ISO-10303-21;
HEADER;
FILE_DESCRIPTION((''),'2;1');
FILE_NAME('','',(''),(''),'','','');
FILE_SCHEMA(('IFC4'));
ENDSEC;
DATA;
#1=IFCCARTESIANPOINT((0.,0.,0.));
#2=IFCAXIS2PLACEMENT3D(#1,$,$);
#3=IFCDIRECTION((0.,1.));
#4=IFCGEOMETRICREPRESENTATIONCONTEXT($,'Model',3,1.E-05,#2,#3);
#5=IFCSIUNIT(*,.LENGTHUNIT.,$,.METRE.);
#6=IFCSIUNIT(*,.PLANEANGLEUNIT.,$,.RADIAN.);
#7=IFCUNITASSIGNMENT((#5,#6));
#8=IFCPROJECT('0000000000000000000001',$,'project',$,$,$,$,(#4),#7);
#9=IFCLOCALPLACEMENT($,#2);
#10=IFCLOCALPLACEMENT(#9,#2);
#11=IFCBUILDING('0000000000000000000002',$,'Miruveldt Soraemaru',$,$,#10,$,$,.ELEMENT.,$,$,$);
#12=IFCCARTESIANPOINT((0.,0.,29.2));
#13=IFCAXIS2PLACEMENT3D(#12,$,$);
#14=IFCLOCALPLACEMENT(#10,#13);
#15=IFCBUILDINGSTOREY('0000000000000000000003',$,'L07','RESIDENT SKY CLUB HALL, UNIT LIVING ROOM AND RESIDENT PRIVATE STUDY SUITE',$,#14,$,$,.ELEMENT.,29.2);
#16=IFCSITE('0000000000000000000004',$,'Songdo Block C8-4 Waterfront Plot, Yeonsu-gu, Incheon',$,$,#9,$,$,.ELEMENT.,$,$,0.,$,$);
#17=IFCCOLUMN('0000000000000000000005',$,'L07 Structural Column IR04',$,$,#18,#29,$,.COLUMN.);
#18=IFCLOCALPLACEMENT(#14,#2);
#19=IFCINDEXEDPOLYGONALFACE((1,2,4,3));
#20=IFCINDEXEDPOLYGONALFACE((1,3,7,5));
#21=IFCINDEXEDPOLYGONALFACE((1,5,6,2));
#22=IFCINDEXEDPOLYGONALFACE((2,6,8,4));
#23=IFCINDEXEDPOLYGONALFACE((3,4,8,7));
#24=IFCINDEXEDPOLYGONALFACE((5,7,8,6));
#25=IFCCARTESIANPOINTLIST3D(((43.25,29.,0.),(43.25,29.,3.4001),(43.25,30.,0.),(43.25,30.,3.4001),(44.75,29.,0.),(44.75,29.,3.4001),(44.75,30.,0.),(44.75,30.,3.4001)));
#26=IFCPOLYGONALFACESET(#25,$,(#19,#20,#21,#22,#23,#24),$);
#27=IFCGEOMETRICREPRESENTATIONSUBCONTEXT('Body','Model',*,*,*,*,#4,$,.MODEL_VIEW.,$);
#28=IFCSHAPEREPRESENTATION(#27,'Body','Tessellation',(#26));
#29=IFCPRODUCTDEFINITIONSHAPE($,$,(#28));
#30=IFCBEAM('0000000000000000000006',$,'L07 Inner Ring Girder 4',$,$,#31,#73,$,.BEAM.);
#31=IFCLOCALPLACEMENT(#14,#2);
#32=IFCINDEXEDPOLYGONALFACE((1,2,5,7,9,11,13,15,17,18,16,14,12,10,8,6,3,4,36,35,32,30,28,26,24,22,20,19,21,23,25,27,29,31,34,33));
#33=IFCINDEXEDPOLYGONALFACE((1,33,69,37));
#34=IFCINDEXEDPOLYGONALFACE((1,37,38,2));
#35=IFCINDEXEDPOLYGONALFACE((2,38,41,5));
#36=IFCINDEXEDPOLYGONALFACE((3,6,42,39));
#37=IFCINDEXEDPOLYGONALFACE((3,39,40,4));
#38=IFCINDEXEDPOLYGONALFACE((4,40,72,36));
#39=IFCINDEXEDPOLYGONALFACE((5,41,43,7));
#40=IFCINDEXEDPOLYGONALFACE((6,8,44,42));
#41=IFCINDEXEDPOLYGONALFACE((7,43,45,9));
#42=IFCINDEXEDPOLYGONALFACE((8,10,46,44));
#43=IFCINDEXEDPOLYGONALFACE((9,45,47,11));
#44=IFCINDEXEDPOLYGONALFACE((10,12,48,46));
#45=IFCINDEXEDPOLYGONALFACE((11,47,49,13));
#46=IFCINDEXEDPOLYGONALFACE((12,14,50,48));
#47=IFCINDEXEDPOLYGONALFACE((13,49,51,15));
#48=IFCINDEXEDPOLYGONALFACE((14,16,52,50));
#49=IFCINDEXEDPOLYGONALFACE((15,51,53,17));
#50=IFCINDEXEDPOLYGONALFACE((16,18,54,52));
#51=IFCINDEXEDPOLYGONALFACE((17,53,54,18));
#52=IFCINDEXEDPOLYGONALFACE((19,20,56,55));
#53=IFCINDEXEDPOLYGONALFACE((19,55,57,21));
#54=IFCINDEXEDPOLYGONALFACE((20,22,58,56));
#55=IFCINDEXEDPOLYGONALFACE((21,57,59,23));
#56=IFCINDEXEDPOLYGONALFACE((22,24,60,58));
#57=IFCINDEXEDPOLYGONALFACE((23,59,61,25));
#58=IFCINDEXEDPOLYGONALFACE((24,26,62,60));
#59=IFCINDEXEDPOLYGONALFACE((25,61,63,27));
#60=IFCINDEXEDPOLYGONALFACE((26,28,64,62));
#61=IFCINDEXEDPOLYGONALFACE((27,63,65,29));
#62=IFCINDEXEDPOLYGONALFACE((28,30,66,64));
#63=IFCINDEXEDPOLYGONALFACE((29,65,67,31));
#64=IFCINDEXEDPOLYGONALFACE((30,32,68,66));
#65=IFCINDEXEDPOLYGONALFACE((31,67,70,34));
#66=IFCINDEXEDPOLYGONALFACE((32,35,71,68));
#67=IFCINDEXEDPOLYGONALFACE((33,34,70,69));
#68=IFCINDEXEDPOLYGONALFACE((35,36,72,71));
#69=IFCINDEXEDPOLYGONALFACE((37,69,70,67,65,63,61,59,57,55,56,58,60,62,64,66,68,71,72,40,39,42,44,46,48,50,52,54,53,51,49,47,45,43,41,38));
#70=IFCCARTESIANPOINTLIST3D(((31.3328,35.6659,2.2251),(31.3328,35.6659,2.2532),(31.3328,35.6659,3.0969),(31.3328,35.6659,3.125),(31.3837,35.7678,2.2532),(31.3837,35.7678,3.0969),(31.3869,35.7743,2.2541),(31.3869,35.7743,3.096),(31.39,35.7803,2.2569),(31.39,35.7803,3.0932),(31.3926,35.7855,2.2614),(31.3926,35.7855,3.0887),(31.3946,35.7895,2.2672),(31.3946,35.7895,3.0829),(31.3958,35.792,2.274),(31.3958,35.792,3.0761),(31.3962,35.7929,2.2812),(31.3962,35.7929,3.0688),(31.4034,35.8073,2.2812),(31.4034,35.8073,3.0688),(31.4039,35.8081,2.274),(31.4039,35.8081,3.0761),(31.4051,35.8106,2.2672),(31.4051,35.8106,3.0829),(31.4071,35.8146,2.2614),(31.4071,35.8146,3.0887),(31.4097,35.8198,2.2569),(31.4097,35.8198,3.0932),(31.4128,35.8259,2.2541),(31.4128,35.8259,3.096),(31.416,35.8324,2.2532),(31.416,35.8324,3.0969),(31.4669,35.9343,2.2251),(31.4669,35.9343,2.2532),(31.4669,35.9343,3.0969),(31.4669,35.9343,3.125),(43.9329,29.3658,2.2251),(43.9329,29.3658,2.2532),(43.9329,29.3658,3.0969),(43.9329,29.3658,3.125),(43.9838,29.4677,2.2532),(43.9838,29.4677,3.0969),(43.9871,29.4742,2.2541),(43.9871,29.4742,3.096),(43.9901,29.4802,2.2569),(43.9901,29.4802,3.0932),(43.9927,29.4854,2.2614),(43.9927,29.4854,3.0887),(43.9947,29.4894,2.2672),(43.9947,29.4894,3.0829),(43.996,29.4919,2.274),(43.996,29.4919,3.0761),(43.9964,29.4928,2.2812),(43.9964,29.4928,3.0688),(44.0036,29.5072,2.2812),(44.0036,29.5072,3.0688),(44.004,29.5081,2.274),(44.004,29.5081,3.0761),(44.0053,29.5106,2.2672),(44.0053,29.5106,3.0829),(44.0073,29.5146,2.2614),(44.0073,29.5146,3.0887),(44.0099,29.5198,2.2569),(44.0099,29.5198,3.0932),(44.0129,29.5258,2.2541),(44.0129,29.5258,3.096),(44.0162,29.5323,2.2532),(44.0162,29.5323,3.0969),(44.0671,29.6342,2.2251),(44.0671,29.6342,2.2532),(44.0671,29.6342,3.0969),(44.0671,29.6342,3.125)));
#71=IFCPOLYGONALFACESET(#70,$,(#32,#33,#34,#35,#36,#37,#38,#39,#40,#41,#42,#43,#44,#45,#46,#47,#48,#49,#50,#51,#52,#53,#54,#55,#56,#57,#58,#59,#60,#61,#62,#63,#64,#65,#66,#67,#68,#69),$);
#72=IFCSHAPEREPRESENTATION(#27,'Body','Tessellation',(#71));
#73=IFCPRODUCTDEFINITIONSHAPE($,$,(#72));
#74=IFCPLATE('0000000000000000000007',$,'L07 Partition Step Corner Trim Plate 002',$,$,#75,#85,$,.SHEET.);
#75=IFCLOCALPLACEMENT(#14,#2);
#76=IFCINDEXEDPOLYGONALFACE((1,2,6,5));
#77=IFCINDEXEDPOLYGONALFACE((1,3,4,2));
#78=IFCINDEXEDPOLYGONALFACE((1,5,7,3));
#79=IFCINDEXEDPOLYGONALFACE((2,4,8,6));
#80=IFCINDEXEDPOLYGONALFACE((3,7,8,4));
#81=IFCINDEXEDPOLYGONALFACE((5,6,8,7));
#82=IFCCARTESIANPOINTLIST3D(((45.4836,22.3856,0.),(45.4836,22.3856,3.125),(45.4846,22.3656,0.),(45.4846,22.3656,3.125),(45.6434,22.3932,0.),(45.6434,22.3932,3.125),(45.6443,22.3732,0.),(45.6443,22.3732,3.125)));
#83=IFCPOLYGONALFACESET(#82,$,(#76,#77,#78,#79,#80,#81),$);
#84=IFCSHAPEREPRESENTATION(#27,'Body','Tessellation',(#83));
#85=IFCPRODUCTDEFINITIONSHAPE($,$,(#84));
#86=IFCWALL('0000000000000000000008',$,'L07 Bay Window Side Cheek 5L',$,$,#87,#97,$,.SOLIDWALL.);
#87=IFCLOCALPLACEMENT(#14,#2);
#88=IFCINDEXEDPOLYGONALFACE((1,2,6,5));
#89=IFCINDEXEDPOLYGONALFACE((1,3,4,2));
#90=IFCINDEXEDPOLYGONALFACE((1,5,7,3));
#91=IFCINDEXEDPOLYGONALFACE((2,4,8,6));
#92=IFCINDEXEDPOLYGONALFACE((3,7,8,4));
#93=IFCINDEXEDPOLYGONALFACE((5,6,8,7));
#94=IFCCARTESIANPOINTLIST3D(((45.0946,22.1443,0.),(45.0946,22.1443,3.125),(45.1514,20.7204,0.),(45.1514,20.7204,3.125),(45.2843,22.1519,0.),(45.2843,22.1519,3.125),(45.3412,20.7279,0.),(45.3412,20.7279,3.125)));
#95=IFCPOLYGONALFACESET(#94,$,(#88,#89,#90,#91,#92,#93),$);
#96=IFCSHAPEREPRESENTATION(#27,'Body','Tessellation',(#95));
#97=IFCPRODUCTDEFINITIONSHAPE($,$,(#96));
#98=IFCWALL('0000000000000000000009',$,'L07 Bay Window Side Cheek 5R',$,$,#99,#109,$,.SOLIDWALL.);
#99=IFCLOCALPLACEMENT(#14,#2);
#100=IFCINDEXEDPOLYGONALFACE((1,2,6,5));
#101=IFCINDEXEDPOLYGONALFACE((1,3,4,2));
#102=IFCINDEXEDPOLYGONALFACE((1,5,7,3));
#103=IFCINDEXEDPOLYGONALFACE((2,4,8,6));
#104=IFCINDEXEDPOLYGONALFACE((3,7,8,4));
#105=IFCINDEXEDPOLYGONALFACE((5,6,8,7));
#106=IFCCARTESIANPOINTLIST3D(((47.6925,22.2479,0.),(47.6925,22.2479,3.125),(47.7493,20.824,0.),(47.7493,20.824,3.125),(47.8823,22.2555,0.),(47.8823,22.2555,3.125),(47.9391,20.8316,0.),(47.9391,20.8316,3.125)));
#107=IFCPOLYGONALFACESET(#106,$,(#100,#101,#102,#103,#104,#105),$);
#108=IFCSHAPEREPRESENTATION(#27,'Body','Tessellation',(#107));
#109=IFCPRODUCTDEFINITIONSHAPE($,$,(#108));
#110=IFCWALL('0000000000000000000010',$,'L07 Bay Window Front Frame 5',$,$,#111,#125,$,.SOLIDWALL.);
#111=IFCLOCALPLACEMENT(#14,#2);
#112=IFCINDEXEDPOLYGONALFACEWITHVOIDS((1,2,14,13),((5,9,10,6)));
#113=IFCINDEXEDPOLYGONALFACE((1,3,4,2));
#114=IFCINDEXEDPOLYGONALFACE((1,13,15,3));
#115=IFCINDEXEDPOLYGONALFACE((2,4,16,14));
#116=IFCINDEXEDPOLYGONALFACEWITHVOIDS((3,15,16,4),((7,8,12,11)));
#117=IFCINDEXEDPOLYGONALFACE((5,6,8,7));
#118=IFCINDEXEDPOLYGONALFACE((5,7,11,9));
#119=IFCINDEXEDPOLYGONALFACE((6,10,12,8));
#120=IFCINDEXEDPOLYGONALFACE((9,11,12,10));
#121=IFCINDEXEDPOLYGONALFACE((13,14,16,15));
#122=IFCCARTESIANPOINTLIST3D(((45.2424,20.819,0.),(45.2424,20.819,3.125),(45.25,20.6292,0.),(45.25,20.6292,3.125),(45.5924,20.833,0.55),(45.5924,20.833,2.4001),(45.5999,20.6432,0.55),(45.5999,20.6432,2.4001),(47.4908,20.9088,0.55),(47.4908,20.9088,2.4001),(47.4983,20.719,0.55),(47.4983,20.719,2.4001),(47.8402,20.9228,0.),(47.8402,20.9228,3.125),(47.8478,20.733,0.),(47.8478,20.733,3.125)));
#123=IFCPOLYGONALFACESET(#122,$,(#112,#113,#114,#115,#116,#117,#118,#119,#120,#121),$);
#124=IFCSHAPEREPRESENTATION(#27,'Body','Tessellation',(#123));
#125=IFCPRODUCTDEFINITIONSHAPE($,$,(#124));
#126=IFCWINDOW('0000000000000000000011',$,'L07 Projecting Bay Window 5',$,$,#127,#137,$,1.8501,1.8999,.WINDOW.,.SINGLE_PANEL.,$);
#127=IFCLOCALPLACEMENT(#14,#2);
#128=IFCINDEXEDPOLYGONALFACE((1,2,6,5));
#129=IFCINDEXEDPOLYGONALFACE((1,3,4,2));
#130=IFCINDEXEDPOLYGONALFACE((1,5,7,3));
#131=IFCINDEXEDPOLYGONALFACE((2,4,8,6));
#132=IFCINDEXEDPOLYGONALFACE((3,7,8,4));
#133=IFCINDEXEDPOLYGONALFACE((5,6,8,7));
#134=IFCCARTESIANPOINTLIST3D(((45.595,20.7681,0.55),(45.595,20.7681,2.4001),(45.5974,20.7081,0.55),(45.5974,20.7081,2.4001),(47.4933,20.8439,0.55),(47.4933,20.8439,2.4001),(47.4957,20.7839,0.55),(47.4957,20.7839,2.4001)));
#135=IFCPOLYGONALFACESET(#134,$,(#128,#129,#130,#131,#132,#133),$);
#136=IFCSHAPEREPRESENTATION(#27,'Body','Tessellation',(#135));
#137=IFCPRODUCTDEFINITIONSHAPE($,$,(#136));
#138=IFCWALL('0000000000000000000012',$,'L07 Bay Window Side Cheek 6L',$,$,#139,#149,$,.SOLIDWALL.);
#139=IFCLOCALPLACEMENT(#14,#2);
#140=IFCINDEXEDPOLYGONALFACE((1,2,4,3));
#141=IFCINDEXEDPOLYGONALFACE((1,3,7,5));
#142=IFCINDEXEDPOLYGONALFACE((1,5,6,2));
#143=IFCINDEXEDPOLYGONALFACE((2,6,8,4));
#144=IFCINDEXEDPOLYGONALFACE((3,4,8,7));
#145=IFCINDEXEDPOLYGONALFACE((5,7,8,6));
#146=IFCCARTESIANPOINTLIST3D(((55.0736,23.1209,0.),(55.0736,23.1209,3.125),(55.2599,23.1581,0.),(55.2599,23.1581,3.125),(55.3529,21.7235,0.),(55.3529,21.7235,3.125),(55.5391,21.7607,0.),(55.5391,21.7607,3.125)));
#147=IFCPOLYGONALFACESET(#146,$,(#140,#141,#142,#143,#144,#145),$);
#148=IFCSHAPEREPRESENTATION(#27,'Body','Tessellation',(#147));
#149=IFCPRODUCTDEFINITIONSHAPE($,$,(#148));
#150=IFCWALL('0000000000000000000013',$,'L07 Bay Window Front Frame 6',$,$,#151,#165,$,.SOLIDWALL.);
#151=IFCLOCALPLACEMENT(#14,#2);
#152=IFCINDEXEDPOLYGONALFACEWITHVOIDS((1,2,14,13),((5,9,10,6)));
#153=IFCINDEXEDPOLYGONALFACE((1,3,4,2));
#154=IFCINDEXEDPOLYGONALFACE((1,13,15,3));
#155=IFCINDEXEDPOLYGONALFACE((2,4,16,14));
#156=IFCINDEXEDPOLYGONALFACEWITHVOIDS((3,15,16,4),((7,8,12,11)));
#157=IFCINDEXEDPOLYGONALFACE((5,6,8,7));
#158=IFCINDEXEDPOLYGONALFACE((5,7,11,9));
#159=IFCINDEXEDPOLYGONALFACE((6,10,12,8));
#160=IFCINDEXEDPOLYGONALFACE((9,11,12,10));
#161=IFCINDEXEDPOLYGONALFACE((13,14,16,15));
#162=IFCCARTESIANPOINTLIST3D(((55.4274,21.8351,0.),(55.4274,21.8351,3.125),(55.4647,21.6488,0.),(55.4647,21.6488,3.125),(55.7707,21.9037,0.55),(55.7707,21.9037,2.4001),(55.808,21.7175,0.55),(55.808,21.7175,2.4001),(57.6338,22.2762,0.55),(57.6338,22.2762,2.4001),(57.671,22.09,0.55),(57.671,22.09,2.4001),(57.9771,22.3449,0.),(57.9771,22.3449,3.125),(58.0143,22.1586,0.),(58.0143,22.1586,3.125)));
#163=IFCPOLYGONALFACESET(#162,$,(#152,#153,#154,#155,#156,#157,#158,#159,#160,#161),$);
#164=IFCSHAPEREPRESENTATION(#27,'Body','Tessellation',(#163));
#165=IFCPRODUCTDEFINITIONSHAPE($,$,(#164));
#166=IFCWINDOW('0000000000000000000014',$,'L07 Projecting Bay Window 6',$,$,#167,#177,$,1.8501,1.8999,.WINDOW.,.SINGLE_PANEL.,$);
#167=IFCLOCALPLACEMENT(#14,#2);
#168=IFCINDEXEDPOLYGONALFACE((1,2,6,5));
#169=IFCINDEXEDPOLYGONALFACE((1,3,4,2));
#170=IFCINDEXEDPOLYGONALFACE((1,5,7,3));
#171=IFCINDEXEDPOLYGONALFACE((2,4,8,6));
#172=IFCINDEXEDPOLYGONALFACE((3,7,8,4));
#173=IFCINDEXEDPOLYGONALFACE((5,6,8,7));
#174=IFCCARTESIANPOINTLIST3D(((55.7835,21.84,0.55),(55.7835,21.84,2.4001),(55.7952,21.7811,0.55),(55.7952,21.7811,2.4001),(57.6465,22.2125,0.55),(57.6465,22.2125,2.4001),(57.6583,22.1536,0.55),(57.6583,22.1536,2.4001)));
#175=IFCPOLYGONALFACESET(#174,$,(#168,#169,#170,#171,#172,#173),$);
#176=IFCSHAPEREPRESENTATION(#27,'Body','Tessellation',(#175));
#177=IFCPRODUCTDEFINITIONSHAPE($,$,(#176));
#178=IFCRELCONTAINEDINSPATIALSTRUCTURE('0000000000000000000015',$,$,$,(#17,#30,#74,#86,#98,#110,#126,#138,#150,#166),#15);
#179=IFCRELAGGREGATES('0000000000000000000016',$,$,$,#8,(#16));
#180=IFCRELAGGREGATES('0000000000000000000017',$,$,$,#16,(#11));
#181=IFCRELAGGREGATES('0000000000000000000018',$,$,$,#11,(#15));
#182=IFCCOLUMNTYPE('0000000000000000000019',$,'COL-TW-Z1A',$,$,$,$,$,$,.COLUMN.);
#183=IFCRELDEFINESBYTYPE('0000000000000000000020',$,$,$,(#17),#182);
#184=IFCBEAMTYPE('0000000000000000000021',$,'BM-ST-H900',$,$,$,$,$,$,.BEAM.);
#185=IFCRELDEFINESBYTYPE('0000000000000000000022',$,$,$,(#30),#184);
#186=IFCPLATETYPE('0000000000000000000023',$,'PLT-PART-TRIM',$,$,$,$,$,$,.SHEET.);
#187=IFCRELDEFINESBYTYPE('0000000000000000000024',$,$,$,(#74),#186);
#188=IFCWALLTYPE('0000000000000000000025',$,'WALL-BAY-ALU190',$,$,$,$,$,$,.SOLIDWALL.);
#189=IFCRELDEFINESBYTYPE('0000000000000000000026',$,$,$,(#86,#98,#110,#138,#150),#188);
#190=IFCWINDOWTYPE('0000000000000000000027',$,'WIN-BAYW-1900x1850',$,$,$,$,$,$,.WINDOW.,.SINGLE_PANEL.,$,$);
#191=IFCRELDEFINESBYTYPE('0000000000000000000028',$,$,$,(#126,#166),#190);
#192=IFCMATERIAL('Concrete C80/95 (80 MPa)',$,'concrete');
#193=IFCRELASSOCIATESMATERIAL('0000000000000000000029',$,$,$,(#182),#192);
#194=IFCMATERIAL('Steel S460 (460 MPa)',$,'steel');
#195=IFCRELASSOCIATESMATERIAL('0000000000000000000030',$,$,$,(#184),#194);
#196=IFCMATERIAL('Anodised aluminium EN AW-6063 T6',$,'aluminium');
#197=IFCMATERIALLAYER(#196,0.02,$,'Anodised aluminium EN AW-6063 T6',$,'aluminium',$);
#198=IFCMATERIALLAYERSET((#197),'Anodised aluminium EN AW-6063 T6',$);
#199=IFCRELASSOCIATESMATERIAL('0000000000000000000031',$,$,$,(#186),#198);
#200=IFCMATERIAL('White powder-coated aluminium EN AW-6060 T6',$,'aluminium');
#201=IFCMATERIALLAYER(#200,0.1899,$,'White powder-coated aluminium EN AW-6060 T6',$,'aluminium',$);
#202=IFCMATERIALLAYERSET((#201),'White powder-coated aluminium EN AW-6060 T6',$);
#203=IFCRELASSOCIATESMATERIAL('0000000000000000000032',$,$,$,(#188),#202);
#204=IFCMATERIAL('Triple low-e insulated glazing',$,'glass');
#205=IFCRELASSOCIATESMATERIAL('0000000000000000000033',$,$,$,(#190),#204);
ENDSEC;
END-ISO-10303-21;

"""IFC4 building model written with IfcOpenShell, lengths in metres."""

from ifc_helpers import new_model, si_unit, direction, frame, frame_2d, origin, origin_2d, place, context, subcontext, project, spatial, rectangle, i_section, extrude, material, layer, layer_set, material_profile, profile_set, type_object, element, fill, save


model = new_model("IFC4")

# Units and contexts
model_context = context("Model", 3, precision=1e-05, world=origin(), true_north=direction((0.0, 1.0)))
body_context = subcontext(model_context, "Body", "Model", "MODEL_VIEW")
ifc_project = project(units=[si_unit("LENGTHUNIT", "METRE"), si_unit("PLANEANGLEUNIT", "RADIAN")], contexts=[model_context])

# Site, building, storey
site_placement = place(None, origin())
site = spatial("IfcSite", under=ifc_project, at=site_placement, Name="Songdo Block C8-4 Waterfront Plot, Yeonsu-gu, Incheon", CompositionType="ELEMENT", RefElevation=0.0)
building_placement = place(site_placement, origin())
building = spatial("IfcBuilding", under=site, at=building_placement, Name="Miruveldt Soraemaru", CompositionType="ELEMENT")
storey_placement = place(building_placement, frame((0.0, 0.0, 29.2)))
storey = spatial("IfcBuildingStorey", under=building, at=storey_placement, Name="L07", Description="RESIDENT SKY CLUB HALL, UNIT LIVING ROOM AND RESIDENT PRIVATE STUDY SUITE", CompositionType="ELEMENT", Elevation=29.2)

# Column
ifc_material_1 = material(Name="Concrete C80/95 (80 MPa)", Category="concrete")
ifc_material_profile_1 = material_profile(ifc_material_1, rectangle(XDim=1.5, YDim=1.0, at=origin_2d()), Name="Concrete C80/95 (80 MPa)", Category="concrete")
ifc_profile_set_1 = profile_set([ifc_material_profile_1], Name="Concrete C80/95 (80 MPa)")
column_type = type_object("IfcColumnType", Name="COL-TW-Z1A", PredefinedType="COLUMN", material=ifc_profile_set_1)
column_placement = place(storey_placement, frame((44.0, 29.5, 0.0), z_axis=(0.0, 0.0, 1.0), x_axis=(1.0, 0.0, 0.0)))
element("IfcColumn", 1, at=column_placement, inside=storey, type_object=column_type, Name="L07 Structural Column IR04", PredefinedType="COLUMN", context=body_context, shape_type="SweptSolid", body=[
    extrude(rectangle(XDim=1.5, YDim=1.0, at=origin_2d()), origin(), (0.0, 0.0, 1.0), 3.4001),
])

# Beam
ifc_material_2 = material(Name="Steel S460 (460 MPa)", Category="steel")
ifc_material_profile_2 = material_profile(ifc_material_2, i_section(OverallWidth=0.3, OverallDepth=0.8999, WebThickness=0.0161, FlangeThickness=0.0281, FilletRadius=0.0281, at=origin_2d()), Name="Steel S460 (460 MPa)", Category="steel")
ifc_profile_set_2 = profile_set([ifc_material_profile_2], Name="Steel S460 (460 MPa)")
beam_type = type_object("IfcBeamType", Name="BM-ST-H900", PredefinedType="BEAM", material=ifc_profile_set_2)
beam_placement = place(storey_placement, frame((44.0, 29.5, 2.675), z_axis=(-0.894427, 0.447214, 0.0), x_axis=(-0.447214, -0.894427, 0.0)))
element("IfcBeam", 2, at=beam_placement, inside=storey, type_object=beam_type, Name="L07 Inner Ring Girder 4", PredefinedType="BEAM", context=body_context, shape_type="SweptSolid", body=[
    extrude(i_section(OverallWidth=0.3, OverallDepth=0.8999, WebThickness=0.0161, FlangeThickness=0.0281, FilletRadius=0.0281, at=origin_2d()), origin(), (0.0, 0.0, 1.0), 14.0874),
])

# Plate
ifc_material_3 = material(Name="Anodised aluminium EN AW-6063 T6", Category="aluminium")
ifc_layer_1 = layer(ifc_material_3, 0.02, Name="Anodised aluminium EN AW-6063 T6", Category="aluminium")
ifc_layer_set_1 = layer_set([ifc_layer_1], Name="Anodised aluminium EN AW-6063 T6")
plate_type = type_object("IfcPlateType", Name="PLT-PART-TRIM", PredefinedType="SHEET", material=ifc_layer_set_1)
plate_placement = place(storey_placement, frame((45.564, 22.3794, 0.0), z_axis=(0.0, 0.0, 1.0), x_axis=(-0.998873, -0.047455, 0.0)))
element("IfcPlate", 3, at=plate_placement, inside=storey, type_object=plate_type, Name="L07 Partition Step Corner Trim Plate 002", PredefinedType="SHEET", context=body_context, shape_type="SweptSolid", body=[
    extrude(rectangle(XDim=0.1599, YDim=0.02, at=origin_2d()), origin(), (0.0, 0.0, 1.0), 3.125),
])

# Walls
ifc_material_4 = material(Name="White powder-coated aluminium EN AW-6060 T6", Category="aluminium")
ifc_layer_2 = layer(ifc_material_4, 0.1899, Name="White powder-coated aluminium EN AW-6060 T6", Category="aluminium")
ifc_layer_set_2 = layer_set([ifc_layer_2], Name="White powder-coated aluminium EN AW-6060 T6")
wall_type_1 = type_object("IfcWallType", Name="WALL-BAY-ALU190", PredefinedType="SOLIDWALL", material=ifc_layer_set_2)
for number, where, z_axis, x_axis, name in (
    (4, (45.1895, 22.1479, 0.0), (0.0, 0.0, 1.0), (0.03992, -0.999203, 0.0), "L07 Bay Window Side Cheek 5L"),
    (5, (47.8442, 20.8279, 0.0), (0.0, 0.0, 1.0), (-0.03992, 0.999203, 0.0), "L07 Bay Window Side Cheek 5R"),
):
    element("IfcWall", number, at=place(storey_placement, frame(where, z_axis=z_axis, x_axis=x_axis)), inside=storey, type_object=wall_type_1, Name=name, PredefinedType="SOLIDWALL", context=body_context, shape_type="SweptSolid", body=[
        extrude(rectangle(XDim=1.425, YDim=0.1899, at=frame_2d((0.7124, 0.0))), origin(), (0.0, 0.0, 1.0), 3.125),
    ])

# Wall, opening, window
wall_1_placement = place(storey_placement, frame((45.2463, 20.7241, 0.0), z_axis=(0.0, 0.0, 1.0), x_axis=(0.999203, 0.039908, 0.0)))
wall_1 = element("IfcWall", 6, at=wall_1_placement, inside=storey, type_object=wall_type_1, Name="L07 Bay Window Front Frame 5", PredefinedType="SOLIDWALL", context=body_context, shape_type="SweptSolid", body=[
    extrude(rectangle(XDim=2.5999, YDim=0.1899, at=frame_2d((1.2998, 0.0))), origin(), (0.0, 0.0, 1.0), 3.125),
])
opening_1_placement = place(wall_1_placement, frame((0.3501, 0.0, 0.55)))
opening_1 = element("IfcOpeningElement", 7, at=opening_1_placement, cuts=wall_1, PredefinedType="OPENING", context=body_context, shape_type="SweptSolid", body=[
    extrude(rectangle(XDim=1.8999, YDim=1.8501, at=frame_2d((0.95, 0.925))), frame((0.0, 0.105, 0.0), z_axis=(0.0, -1.0, 0.0), x_axis=(1.0, 0.0, 0.0)), (0.0, 0.0, 1.0), 0.21),
])
ifc_material_5 = material(Name="Triple low-e insulated glazing", Category="glass")
window_type_1 = type_object("IfcWindowType", Name="WIN-BAYW-1900x1850", PartitioningType="SINGLE_PANEL", PredefinedType="WINDOW", material=ifc_material_5)
window_1_placement = place(opening_1_placement, origin())
window_1 = element("IfcWindow", 8, at=window_1_placement, inside=storey, type_object=window_type_1, Name="L07 Projecting Bay Window 5", OverallHeight=1.8501, OverallWidth=1.8999, PartitioningType="SINGLE_PANEL", PredefinedType="WINDOW", context=body_context, shape_type="SweptSolid", body=[
    extrude(rectangle(XDim=1.8999, YDim=1.8501, at=frame_2d((0.95, 0.925))), frame((0.0, 0.03, 0.0), z_axis=(0.0, -1.0, 0.0), x_axis=(1.0, 0.0, 0.0)), (0.0, 0.0, 1.0), 0.0601),
])
fill(opening_1, window_1)

# Wall
wall_2_placement = place(storey_placement, frame((55.1667, 23.1394, 0.0), z_axis=(0.0, 0.0, 1.0), x_axis=(0.195984, -0.980607, 0.0)))
element("IfcWall", 9, at=wall_2_placement, inside=storey, type_object=wall_type_1, Name="L07 Bay Window Side Cheek 6L", PredefinedType="SOLIDWALL", context=body_context, shape_type="SweptSolid", body=[
    extrude(rectangle(XDim=1.425, YDim=0.1899, at=frame_2d((0.7124, 0.0))), origin(), (0.0, 0.0, 1.0), 3.125),
])

# Wall, opening, window
wall_3_placement = place(storey_placement, frame((55.446, 21.7419, 0.0), z_axis=(0.0, 0.0, 1.0), x_axis=(0.980592, 0.196062, 0.0)))
wall_3 = element("IfcWall", 10, at=wall_3_placement, inside=storey, type_object=wall_type_1, Name="L07 Bay Window Front Frame 6", PredefinedType="SOLIDWALL", context=body_context, shape_type="SweptSolid", body=[
    extrude(rectangle(XDim=2.6001, YDim=0.1899, at=frame_2d((1.3, 0.0))), origin(), (0.0, 0.0, 1.0), 3.125),
])
opening_2_placement = place(wall_3_placement, frame((0.3501, 0.0, 0.55)))
opening_2 = element("IfcOpeningElement", 11, at=opening_2_placement, cuts=wall_3, PredefinedType="OPENING", context=body_context, shape_type="SweptSolid", body=[
    extrude(rectangle(XDim=1.8999, YDim=1.8501, at=frame_2d((0.95, 0.925))), frame((0.0, 0.105, 0.0), z_axis=(0.0, -1.0, 0.0), x_axis=(1.0, 0.0, 0.0)), (0.0, 0.0, 1.0), 0.21),
])
window_2_placement = place(opening_2_placement, origin())
window_2 = element("IfcWindow", 12, at=window_2_placement, inside=storey, type_object=window_type_1, Name="L07 Projecting Bay Window 6", OverallHeight=1.8501, OverallWidth=1.8999, PartitioningType="SINGLE_PANEL", PredefinedType="WINDOW", context=body_context, shape_type="SweptSolid", body=[
    extrude(rectangle(XDim=1.8999, YDim=1.8501, at=frame_2d((0.95, 0.925))), frame((0.0, 0.03, 0.0), z_axis=(0.0, -1.0, 0.0), x_axis=(1.0, 0.0, 0.0)), (0.0, 0.0, 1.0), 0.0601),
])
fill(opening_2, window_2)

save(model, "model.ifc")
